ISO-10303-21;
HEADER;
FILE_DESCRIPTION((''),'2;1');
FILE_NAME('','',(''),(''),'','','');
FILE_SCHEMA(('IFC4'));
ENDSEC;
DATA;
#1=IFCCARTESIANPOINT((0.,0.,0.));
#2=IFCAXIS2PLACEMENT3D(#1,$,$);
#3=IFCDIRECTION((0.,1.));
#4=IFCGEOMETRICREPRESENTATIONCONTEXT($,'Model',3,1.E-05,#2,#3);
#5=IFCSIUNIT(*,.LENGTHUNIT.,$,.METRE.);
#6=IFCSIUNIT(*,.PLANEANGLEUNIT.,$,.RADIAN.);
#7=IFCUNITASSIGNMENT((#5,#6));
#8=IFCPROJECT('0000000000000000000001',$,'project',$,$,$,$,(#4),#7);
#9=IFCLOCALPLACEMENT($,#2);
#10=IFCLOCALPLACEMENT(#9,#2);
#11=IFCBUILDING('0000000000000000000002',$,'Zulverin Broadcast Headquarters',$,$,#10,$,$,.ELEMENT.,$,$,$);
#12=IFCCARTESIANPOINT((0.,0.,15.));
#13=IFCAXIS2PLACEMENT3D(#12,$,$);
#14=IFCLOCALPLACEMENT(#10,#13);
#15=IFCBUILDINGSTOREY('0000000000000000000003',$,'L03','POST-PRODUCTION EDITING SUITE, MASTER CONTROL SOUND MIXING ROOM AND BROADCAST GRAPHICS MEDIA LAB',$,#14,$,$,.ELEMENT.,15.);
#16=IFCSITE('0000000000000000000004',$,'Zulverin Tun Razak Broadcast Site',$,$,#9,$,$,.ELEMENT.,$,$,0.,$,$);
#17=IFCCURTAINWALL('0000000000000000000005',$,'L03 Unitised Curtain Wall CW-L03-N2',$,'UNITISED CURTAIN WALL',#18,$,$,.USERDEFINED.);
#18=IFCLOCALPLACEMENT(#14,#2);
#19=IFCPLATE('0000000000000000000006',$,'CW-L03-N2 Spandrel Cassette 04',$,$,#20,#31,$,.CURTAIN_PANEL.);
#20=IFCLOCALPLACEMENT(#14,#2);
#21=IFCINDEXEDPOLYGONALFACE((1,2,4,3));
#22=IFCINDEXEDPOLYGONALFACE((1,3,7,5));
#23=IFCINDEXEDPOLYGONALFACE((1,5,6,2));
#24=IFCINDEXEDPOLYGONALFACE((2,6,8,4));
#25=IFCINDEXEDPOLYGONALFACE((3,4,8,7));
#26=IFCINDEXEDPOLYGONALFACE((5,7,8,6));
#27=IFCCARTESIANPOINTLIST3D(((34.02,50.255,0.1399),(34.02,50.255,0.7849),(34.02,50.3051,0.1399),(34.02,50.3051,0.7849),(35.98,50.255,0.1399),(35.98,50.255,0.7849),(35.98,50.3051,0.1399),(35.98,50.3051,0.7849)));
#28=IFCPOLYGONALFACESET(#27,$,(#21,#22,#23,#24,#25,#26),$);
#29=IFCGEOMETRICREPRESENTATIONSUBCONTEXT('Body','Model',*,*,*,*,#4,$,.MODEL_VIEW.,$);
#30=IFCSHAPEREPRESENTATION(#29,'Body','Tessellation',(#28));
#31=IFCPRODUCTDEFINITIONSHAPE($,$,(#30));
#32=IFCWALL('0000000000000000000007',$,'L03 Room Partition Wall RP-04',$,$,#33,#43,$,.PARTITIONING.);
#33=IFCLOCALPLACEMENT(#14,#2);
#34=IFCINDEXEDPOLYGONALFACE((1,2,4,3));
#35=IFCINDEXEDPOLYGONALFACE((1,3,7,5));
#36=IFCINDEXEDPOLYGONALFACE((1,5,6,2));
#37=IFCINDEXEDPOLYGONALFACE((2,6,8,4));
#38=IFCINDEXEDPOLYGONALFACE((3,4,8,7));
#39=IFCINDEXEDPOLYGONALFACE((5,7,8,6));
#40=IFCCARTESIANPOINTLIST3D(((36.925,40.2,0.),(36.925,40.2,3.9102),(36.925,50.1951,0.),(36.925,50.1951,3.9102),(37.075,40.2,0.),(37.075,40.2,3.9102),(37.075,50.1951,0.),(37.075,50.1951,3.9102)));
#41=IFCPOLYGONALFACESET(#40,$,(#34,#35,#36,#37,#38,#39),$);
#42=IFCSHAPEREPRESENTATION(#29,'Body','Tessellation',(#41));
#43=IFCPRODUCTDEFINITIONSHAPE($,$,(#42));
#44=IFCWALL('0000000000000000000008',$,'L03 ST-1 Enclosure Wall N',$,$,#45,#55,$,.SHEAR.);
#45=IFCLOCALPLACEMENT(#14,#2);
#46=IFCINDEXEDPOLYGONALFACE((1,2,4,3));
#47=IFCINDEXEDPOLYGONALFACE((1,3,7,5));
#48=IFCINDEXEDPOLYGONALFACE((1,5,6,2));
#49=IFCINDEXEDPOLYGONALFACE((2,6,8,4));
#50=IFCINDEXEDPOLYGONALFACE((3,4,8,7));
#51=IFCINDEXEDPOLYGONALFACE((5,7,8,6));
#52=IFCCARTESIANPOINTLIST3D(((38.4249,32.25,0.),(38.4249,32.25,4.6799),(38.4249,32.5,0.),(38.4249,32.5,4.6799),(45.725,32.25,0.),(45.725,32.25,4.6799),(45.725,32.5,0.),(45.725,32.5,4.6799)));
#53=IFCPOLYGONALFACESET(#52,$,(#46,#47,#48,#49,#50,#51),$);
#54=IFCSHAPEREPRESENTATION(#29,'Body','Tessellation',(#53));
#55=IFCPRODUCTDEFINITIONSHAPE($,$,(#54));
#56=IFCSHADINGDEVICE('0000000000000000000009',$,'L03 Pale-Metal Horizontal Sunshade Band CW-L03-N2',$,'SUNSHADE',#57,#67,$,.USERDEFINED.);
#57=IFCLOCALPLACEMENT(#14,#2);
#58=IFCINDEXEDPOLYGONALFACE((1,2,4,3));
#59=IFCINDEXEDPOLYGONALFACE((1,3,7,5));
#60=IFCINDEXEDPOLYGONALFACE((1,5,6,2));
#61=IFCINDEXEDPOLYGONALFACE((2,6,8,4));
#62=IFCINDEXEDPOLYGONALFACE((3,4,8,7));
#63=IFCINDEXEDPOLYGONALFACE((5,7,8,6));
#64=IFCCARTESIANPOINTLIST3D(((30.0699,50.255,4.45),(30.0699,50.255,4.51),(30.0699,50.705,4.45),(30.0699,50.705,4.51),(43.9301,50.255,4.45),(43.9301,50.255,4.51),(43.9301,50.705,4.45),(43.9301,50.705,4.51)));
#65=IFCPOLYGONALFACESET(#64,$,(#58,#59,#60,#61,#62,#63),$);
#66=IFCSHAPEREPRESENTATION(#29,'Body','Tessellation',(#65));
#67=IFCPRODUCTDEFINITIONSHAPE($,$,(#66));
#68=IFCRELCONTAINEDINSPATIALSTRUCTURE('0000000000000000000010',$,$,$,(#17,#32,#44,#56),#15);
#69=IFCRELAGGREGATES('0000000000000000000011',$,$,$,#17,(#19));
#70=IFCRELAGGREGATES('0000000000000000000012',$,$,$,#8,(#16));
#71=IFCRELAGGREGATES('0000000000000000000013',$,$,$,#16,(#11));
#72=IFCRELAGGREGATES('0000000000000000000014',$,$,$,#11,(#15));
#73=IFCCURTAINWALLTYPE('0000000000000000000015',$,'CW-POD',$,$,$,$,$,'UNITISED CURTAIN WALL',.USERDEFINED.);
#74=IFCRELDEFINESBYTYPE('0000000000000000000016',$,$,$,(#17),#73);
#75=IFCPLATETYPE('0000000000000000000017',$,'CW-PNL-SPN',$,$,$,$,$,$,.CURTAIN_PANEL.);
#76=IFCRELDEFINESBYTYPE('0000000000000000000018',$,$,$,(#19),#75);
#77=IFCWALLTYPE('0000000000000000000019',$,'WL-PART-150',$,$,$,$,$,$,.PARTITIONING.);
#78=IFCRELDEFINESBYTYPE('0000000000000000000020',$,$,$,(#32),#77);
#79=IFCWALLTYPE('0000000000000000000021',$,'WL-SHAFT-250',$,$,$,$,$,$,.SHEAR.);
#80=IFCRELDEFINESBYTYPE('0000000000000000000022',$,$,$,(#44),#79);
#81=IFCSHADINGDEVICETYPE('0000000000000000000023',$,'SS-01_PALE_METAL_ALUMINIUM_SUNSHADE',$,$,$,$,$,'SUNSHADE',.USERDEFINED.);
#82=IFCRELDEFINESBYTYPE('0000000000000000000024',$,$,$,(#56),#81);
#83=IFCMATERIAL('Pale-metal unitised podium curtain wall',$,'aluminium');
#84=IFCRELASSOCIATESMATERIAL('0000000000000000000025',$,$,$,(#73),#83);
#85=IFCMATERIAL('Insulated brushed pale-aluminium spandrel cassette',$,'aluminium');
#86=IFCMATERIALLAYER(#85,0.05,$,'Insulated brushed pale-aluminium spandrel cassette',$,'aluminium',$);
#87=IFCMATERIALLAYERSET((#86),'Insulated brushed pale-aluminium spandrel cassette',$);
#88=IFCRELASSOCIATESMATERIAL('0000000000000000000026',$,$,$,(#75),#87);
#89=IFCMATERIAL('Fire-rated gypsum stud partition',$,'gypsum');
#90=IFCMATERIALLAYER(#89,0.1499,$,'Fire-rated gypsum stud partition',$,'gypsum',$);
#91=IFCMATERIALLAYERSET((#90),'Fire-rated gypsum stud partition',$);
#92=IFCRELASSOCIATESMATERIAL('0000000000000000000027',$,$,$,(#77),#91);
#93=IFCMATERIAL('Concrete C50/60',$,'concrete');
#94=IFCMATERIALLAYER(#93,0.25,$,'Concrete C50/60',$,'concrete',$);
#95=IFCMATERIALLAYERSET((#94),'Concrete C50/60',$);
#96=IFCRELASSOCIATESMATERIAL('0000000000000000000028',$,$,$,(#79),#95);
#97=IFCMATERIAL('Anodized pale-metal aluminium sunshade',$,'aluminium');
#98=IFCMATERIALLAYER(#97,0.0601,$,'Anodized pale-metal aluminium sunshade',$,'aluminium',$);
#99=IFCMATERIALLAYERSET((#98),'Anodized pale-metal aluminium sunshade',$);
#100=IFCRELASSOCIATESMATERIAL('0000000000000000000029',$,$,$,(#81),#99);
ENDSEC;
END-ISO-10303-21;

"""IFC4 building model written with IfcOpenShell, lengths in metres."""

from ifc_helpers import new_model, si_unit, direction, frame, frame_2d, origin, origin_2d, place, context, subcontext, project, spatial, rectangle, extrude, material, layer, layer_set, type_object, element, aggregate, save


model = new_model("IFC4")

# Units and contexts
model_context = context("Model", 3, precision=1e-05, world=origin(), true_north=direction((0.0, 1.0)))
body_context = subcontext(model_context, "Body", "Model", "MODEL_VIEW")
ifc_project = project(units=[si_unit("LENGTHUNIT", "METRE"), si_unit("PLANEANGLEUNIT", "RADIAN")], contexts=[model_context])

# Site, building, storey
site_placement = place(None, origin())
site = spatial("IfcSite", under=ifc_project, at=site_placement, Name="Zulverin Tun Razak Broadcast Site", CompositionType="ELEMENT", RefElevation=0.0)
building_placement = place(site_placement, origin())
building = spatial("IfcBuilding", under=site, at=building_placement, Name="Zulverin Broadcast Headquarters", CompositionType="ELEMENT")
storey_placement = place(building_placement, frame((0.0, 0.0, 15.0)))
storey = spatial("IfcBuildingStorey", under=building, at=storey_placement, Name="L03", Description="POST-PRODUCTION EDITING SUITE, MASTER CONTROL SOUND MIXING ROOM AND BROADCAST GRAPHICS MEDIA LAB", CompositionType="ELEMENT", Elevation=15.0)

# Curtain wall, plate
ifc_material_1 = material(Name="Pale-metal unitised podium curtain wall", Category="aluminium")
curtain_wall_type = type_object("IfcCurtainWallType", Name="CW-POD", ElementType="UNITISED CURTAIN WALL", PredefinedType="USERDEFINED", material=ifc_material_1)
curtain_wall_placement = place(storey_placement, origin())
curtain_wall = element("IfcCurtainWall", 1, at=curtain_wall_placement, inside=storey, type_object=curtain_wall_type, Name="L03 Unitised Curtain Wall CW-L03-N2", ObjectType="UNITISED CURTAIN WALL", PredefinedType="USERDEFINED")
ifc_material_2 = material(Name="Insulated brushed pale-aluminium spandrel cassette", Category="aluminium")
ifc_layer_1 = layer(ifc_material_2, 0.05, Name="Insulated brushed pale-aluminium spandrel cassette", Category="aluminium")
ifc_layer_set_1 = layer_set([ifc_layer_1], Name="Insulated brushed pale-aluminium spandrel cassette")
plate_type_1 = type_object("IfcPlateType", Name="CW-PNL-SPN", PredefinedType="CURTAIN_PANEL", material=ifc_layer_set_1)
plate_1_placement = place(storey_placement, frame((35.0, 50.28, 0.1399), z_axis=(0.0, 0.0, 1.0), x_axis=(-1.0, 0.0, 0.0)))
plate_1 = element("IfcPlate", 2, at=plate_1_placement, type_object=plate_type_1, Name="CW-L03-N2 Spandrel Cassette 04", PredefinedType="CURTAIN_PANEL", context=body_context, shape_type="SweptSolid", body=[
    extrude(rectangle(XDim=1.96, YDim=0.05, at=origin_2d()), origin(), (0.0, 0.0, 1.0), 0.645),
])
aggregate(curtain_wall, [plate_1])

# Walls
ifc_material_3 = material(Name="Fire-rated gypsum stud partition", Category="gypsum")
ifc_layer_2 = layer(ifc_material_3, 0.1499, Name="Fire-rated gypsum stud partition", Category="gypsum")
ifc_layer_set_2 = layer_set([ifc_layer_2], Name="Fire-rated gypsum stud partition")
wall_type_1 = type_object("IfcWallType", Name="WL-PART-150", PredefinedType="PARTITIONING", material=ifc_layer_set_2)
wall_1_placement = place(storey_placement, frame((37.0, 40.2, 0.0), z_axis=(0.0, 0.0, 1.0), x_axis=(0.0, 1.0, 0.0)))
element("IfcWall", 3, at=wall_1_placement, inside=storey, type_object=wall_type_1, Name="L03 Room Partition Wall RP-04", PredefinedType="PARTITIONING", context=body_context, shape_type="SweptSolid", body=[
    extrude(rectangle(XDim=9.9951, YDim=0.1499, at=frame_2d((4.9976, 0.0))), origin(), (0.0, 0.0, 1.0), 3.9102),
])
ifc_material_4 = material(Name="Concrete C50/60", Category="concrete")
ifc_layer_3 = layer(ifc_material_4, 0.25, Name="Concrete C50/60", Category="concrete")
ifc_layer_set_3 = layer_set([ifc_layer_3], Name="Concrete C50/60")
wall_type_2 = type_object("IfcWallType", Name="WL-SHAFT-250", PredefinedType="SHEAR", material=ifc_layer_set_3)
wall_2_placement = place(storey_placement, frame((38.425, 32.375, 0.0), z_axis=(0.0, 0.0, 1.0), x_axis=(1.0, 0.0, 0.0)))
element("IfcWall", 4, at=wall_2_placement, inside=storey, type_object=wall_type_2, Name="L03 ST-1 Enclosure Wall N", PredefinedType="SHEAR", context=body_context, shape_type="SweptSolid", body=[
    extrude(rectangle(XDim=7.3, YDim=0.25, at=frame_2d((3.6499, 0.0))), origin(), (0.0, 0.0, 1.0), 4.6799),
])

# Shading device
ifc_material_5 = material(Name="Anodized pale-metal aluminium sunshade", Category="aluminium")
ifc_layer_4 = layer(ifc_material_5, 0.0601, Name="Anodized pale-metal aluminium sunshade", Category="aluminium")
ifc_layer_set_4 = layer_set([ifc_layer_4], Name="Anodized pale-metal aluminium sunshade")
shading_device_type = type_object("IfcShadingDeviceType", Name="SS-01_PALE_METAL_ALUMINIUM_SUNSHADE", ElementType="SUNSHADE", PredefinedType="USERDEFINED", material=ifc_layer_set_4)
shading_device_placement = place(storey_placement, frame((37.0, 50.48, 4.45), z_axis=(0.0, 0.0, 1.0), x_axis=(-1.0, 0.0, 0.0)))
element("IfcShadingDevice", 5, at=shading_device_placement, inside=storey, type_object=shading_device_type, Name="L03 Pale-Metal Horizontal Sunshade Band CW-L03-N2", ObjectType="SUNSHADE", PredefinedType="USERDEFINED", context=body_context, shape_type="SweptSolid", body=[
    extrude(rectangle(XDim=13.8601, YDim=0.45, at=origin_2d()), origin(), (0.0, 0.0, 1.0), 0.0601),
])

save(model, "model.ifc")
